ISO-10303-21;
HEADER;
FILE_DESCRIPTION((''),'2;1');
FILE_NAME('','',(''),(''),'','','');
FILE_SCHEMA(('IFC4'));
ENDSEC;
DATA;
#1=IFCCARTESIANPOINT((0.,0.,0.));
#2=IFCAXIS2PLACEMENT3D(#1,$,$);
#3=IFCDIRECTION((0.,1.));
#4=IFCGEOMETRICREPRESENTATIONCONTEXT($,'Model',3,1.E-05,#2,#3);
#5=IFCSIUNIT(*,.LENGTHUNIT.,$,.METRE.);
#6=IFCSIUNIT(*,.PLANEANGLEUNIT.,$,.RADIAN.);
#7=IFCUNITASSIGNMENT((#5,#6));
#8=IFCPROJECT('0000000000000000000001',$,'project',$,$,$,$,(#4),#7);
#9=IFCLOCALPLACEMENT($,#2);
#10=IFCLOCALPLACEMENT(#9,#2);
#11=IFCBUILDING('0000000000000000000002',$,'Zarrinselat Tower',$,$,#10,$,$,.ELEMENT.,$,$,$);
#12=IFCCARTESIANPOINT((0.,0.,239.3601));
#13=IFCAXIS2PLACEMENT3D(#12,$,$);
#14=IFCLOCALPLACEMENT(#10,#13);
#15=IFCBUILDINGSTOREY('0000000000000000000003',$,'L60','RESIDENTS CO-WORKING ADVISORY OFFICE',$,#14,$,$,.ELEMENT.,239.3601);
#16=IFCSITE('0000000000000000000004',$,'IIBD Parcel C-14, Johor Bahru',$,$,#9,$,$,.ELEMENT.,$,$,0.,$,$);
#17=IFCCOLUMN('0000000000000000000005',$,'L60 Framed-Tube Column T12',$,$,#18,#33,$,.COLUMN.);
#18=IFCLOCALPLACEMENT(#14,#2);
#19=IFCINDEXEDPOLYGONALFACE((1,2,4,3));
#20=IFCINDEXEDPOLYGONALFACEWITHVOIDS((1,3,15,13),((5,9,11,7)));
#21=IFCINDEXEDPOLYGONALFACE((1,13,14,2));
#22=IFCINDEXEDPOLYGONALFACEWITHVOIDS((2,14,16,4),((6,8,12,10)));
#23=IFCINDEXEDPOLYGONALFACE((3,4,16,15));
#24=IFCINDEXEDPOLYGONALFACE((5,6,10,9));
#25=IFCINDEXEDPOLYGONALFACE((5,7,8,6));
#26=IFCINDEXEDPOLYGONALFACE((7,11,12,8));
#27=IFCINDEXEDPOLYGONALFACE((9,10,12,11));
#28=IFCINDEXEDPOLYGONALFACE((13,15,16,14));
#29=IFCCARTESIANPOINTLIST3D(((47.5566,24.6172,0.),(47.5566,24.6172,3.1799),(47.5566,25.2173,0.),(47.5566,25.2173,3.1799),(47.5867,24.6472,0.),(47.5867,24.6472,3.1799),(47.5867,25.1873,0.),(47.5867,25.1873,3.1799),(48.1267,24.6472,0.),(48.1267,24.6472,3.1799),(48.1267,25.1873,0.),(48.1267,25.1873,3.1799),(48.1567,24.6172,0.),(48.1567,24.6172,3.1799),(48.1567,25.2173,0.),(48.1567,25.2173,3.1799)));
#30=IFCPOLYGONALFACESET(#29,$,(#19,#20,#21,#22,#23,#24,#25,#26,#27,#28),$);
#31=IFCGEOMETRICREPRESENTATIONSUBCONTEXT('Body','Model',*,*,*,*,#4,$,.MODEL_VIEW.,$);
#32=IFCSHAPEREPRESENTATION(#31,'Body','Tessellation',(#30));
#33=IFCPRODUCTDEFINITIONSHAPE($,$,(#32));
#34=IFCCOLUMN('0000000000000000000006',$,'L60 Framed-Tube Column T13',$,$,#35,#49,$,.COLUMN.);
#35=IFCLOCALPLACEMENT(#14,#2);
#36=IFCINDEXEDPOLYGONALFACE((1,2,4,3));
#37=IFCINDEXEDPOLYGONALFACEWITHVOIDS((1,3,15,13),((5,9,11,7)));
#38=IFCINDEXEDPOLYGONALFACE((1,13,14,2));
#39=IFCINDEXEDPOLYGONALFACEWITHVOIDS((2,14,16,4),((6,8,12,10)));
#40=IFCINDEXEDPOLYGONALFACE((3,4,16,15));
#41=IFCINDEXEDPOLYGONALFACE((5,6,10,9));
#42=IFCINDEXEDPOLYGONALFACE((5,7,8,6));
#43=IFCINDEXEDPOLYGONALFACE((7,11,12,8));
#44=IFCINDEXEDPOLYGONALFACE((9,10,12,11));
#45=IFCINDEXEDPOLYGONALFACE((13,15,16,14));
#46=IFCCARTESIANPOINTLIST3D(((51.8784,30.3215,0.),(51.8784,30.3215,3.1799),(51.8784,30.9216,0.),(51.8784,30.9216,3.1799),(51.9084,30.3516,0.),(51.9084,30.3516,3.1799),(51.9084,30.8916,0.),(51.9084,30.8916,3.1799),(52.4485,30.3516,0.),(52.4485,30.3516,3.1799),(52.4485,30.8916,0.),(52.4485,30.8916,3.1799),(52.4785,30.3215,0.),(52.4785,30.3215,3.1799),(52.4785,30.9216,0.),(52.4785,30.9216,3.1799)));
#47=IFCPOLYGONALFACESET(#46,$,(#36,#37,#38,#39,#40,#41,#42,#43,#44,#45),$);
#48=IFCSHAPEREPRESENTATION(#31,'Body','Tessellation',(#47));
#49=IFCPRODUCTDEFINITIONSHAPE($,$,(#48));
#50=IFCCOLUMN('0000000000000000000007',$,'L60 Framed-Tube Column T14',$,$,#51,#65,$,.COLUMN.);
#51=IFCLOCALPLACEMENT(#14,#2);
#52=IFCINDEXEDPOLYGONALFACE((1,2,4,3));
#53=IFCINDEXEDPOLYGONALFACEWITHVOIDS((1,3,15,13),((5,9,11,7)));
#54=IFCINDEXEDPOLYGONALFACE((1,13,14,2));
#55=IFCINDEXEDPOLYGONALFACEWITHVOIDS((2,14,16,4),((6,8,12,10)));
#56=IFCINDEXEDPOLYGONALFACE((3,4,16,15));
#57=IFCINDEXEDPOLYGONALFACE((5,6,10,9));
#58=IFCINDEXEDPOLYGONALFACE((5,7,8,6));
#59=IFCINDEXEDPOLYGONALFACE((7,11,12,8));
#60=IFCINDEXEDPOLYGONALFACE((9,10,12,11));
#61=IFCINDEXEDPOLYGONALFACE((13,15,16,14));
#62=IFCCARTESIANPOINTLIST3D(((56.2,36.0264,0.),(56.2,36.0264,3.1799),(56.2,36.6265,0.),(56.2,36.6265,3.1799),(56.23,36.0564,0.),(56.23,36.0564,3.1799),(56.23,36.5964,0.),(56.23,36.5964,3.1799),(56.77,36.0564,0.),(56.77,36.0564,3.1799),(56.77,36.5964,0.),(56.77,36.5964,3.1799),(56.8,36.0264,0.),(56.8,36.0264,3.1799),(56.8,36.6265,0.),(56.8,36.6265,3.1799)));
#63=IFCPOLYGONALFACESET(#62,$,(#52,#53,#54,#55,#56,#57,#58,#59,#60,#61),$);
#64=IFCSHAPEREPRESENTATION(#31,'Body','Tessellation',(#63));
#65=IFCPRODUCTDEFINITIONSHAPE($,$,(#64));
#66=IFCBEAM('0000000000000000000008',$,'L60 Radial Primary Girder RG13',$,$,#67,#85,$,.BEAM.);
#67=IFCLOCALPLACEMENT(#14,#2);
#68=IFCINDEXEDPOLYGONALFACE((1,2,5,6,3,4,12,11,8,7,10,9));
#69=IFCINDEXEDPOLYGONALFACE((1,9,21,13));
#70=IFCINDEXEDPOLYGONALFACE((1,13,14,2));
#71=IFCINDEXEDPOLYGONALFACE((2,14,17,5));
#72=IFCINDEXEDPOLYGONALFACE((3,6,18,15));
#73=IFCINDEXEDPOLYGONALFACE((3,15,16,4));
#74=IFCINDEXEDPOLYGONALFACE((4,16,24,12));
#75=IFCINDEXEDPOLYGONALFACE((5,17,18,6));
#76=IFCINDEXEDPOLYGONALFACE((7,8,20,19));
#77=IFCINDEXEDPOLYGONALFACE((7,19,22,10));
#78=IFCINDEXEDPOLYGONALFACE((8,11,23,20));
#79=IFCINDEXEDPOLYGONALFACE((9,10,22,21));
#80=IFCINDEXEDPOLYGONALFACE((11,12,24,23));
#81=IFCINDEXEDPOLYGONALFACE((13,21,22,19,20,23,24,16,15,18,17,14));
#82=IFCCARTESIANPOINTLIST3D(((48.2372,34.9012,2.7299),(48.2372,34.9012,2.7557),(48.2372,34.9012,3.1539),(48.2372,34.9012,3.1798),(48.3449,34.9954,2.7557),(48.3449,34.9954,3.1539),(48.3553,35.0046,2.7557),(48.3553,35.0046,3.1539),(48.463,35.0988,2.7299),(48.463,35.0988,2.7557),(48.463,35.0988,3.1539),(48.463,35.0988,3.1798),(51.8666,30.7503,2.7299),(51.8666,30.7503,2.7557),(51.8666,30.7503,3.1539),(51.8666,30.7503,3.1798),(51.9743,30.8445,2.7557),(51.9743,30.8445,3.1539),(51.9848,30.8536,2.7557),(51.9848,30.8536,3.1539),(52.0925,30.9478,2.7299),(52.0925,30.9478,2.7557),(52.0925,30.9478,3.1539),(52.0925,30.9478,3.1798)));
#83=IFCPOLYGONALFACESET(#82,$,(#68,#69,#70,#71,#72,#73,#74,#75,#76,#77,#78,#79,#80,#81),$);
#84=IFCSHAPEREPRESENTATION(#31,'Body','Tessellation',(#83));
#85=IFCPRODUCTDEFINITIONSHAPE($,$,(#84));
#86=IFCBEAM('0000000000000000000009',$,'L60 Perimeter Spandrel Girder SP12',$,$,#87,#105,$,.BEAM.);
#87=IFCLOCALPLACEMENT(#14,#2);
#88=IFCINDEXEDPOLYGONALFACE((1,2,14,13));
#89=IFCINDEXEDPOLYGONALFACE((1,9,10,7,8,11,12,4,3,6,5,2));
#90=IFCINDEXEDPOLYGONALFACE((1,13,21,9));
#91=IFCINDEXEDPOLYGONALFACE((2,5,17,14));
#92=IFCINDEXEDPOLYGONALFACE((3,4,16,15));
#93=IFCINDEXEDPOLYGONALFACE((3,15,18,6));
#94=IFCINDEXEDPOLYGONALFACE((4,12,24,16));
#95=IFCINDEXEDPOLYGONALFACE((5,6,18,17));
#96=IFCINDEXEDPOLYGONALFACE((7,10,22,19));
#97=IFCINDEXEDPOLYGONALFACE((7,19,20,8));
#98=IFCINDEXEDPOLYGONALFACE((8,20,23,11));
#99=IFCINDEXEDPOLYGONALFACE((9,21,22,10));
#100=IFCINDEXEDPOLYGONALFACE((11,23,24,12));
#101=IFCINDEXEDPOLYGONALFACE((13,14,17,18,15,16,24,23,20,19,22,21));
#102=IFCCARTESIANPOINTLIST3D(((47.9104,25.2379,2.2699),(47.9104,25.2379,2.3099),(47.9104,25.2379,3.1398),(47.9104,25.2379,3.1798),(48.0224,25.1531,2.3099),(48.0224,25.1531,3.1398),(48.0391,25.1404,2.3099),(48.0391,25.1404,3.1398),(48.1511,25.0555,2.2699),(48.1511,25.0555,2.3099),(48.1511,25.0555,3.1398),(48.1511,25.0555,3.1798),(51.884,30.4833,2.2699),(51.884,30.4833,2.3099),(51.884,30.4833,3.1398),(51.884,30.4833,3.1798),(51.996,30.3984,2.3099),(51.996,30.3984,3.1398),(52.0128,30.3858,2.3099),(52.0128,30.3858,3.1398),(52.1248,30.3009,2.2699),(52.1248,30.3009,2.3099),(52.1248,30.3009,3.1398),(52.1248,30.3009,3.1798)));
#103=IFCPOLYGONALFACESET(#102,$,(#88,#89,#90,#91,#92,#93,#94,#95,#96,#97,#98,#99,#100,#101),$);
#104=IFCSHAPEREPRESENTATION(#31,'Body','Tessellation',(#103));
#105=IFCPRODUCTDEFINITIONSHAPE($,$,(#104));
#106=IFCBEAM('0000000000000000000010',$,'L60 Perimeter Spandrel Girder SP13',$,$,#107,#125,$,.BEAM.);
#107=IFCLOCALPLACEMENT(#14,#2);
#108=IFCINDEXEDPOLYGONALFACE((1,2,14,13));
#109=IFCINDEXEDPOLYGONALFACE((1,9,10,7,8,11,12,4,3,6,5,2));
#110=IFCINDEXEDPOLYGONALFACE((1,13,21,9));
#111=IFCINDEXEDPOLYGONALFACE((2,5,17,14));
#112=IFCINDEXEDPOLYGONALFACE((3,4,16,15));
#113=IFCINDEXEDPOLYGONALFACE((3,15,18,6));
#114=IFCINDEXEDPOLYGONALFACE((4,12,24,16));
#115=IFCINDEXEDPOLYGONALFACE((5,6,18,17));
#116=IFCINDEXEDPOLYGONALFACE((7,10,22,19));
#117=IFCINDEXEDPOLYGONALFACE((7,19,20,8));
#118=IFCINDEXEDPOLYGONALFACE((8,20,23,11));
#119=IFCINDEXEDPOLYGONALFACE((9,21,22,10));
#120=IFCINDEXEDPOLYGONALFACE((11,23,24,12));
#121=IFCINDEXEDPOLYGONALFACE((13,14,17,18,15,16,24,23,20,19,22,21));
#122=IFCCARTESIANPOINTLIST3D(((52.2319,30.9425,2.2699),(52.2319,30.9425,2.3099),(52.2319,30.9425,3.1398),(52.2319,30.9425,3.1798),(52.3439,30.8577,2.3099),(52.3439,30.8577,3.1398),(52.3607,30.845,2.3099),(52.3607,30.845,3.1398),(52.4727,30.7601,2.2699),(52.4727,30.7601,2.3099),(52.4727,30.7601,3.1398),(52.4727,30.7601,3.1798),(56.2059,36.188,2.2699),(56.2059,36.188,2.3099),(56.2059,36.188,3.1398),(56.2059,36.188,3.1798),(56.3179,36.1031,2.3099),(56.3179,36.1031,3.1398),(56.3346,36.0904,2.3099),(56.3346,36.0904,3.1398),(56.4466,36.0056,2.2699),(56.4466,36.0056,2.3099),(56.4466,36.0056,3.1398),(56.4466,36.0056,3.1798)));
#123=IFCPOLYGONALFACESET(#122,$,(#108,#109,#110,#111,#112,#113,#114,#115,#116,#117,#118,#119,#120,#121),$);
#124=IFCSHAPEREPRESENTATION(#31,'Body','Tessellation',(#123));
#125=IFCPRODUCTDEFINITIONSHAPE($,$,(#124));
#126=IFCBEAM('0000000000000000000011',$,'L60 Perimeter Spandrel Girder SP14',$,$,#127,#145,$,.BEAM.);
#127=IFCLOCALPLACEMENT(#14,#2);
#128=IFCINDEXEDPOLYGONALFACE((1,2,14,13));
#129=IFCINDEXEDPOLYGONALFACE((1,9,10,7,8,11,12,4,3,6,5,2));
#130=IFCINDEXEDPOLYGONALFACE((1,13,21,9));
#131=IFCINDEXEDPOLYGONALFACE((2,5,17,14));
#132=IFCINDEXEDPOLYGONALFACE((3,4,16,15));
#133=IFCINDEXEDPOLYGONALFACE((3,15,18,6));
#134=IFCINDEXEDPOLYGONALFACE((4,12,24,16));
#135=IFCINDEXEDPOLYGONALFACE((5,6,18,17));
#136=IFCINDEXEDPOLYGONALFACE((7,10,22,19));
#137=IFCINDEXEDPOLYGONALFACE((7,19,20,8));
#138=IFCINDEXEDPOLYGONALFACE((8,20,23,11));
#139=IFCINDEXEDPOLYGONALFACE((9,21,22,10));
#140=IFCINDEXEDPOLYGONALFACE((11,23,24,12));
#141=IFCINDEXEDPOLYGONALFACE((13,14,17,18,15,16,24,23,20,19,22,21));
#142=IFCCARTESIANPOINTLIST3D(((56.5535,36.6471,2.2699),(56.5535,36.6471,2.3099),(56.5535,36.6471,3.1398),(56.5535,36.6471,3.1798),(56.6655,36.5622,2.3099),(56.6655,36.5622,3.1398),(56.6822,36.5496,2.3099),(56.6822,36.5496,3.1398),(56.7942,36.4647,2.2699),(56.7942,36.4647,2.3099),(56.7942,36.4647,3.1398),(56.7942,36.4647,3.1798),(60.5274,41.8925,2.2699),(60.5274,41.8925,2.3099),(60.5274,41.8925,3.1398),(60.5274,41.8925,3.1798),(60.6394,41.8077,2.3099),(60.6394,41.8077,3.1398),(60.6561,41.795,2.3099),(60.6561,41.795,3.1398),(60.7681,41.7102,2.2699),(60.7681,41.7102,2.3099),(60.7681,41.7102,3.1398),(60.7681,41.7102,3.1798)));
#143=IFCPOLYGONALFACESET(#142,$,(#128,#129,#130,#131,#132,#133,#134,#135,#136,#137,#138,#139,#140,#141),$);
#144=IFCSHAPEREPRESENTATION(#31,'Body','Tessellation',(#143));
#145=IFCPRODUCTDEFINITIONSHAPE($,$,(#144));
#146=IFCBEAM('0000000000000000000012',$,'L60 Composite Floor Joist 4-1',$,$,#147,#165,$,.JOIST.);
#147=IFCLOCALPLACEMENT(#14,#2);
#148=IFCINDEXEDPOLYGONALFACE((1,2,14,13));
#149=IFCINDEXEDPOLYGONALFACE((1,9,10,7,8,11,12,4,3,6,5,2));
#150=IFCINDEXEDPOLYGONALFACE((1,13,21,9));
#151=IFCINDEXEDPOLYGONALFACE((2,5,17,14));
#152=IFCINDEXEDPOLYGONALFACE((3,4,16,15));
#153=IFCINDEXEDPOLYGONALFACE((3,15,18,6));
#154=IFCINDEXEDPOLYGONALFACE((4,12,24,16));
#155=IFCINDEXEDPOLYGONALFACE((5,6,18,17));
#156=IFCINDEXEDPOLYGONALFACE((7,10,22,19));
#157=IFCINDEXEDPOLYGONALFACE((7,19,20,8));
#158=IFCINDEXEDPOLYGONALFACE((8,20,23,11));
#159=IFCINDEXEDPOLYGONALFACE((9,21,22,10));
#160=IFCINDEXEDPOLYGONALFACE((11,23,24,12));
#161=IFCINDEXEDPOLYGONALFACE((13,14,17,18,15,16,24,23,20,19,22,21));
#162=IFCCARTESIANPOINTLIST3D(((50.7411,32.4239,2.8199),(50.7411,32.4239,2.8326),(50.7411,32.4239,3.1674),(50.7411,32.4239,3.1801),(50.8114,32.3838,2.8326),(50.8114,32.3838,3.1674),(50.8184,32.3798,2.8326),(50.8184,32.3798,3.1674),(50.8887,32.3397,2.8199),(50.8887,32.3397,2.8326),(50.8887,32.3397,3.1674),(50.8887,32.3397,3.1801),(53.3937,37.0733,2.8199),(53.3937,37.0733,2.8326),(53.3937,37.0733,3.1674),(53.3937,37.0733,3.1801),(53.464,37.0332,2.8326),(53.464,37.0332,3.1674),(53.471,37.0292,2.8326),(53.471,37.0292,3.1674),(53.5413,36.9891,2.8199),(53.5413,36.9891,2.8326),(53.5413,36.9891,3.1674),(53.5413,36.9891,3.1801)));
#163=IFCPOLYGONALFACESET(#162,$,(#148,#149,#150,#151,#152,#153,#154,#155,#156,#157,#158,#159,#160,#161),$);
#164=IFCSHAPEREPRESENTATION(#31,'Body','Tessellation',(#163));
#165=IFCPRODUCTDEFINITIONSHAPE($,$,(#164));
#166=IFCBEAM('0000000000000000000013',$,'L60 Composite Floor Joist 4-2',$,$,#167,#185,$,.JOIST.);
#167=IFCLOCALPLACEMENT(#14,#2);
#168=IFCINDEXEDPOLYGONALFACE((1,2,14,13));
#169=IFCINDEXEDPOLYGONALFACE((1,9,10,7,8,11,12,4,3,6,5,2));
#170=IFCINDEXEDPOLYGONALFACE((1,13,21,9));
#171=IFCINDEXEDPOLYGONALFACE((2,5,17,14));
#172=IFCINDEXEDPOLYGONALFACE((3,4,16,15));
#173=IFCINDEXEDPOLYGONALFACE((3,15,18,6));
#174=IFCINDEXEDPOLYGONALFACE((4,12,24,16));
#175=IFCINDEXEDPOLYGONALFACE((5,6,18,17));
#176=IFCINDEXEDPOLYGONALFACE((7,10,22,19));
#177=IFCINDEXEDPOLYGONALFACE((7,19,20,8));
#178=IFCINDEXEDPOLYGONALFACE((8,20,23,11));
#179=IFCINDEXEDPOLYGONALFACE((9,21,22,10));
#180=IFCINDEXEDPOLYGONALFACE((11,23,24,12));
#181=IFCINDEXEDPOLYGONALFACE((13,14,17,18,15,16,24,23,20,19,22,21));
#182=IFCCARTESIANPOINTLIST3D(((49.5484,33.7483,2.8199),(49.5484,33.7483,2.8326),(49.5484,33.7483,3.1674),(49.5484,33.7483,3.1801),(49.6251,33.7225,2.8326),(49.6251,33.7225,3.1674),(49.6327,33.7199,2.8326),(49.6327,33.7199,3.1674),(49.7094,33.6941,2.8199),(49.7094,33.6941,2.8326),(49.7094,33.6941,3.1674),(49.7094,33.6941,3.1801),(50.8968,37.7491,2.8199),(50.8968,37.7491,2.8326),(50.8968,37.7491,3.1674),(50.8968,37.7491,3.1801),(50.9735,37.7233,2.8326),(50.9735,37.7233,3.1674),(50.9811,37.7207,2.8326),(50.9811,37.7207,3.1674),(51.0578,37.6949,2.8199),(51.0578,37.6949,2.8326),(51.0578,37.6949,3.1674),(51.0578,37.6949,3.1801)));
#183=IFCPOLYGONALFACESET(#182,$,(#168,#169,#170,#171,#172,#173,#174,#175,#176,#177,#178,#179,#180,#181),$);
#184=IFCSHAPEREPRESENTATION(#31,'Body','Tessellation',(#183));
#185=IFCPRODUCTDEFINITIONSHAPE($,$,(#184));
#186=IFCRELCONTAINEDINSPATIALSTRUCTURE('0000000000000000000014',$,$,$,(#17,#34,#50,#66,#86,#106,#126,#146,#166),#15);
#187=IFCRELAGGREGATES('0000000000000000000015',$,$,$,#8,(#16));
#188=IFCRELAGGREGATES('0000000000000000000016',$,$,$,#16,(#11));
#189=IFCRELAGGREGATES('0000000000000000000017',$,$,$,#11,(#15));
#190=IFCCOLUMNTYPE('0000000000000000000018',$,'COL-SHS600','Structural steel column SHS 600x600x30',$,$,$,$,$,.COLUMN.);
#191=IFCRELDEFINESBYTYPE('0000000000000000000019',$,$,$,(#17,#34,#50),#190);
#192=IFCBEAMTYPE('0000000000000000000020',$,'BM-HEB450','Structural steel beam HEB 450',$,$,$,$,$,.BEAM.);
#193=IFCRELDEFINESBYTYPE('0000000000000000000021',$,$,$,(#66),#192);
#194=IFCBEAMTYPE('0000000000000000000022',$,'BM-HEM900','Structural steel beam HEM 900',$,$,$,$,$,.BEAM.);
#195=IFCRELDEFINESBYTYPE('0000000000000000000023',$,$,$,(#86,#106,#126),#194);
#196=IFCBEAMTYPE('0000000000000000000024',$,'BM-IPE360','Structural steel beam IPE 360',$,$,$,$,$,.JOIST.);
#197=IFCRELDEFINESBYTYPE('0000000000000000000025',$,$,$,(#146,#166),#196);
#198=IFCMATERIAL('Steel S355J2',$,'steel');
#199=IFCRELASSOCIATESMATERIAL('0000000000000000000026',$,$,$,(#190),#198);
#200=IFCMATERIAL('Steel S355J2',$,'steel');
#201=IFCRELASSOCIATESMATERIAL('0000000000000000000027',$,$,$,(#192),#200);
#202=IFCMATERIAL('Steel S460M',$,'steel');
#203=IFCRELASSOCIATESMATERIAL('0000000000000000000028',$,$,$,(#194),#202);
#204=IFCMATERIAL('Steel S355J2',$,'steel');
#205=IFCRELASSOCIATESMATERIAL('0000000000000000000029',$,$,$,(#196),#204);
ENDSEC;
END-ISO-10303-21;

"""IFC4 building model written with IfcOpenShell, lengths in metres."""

from ifc_helpers import new_model, si_unit, direction, frame, origin, origin_2d, place, context, subcontext, project, spatial, hollow_rectangle, i_section, extrude, material, material_profile, profile_set, type_object, element, save


model = new_model("IFC4")

# Units and contexts
model_context = context("Model", 3, precision=1e-05, world=origin(), true_north=direction((0.0, 1.0)))
body_context = subcontext(model_context, "Body", "Model", "MODEL_VIEW")
ifc_project = project(units=[si_unit("LENGTHUNIT", "METRE"), si_unit("PLANEANGLEUNIT", "RADIAN")], contexts=[model_context])

# Site, building, storey
site_placement = place(None, origin())
site = spatial("IfcSite", under=ifc_project, at=site_placement, Name="IIBD Parcel C-14, Johor Bahru", CompositionType="ELEMENT", RefElevation=0.0)
building_placement = place(site_placement, origin())
building = spatial("IfcBuilding", under=site, at=building_placement, Name="Zarrinselat Tower", CompositionType="ELEMENT")
storey_placement = place(building_placement, frame((0.0, 0.0, 239.3601)))
storey = spatial("IfcBuildingStorey", under=building, at=storey_placement, Name="L60", Description="RESIDENTS CO-WORKING ADVISORY OFFICE", CompositionType="ELEMENT", Elevation=239.3601)

# Columns
ifc_material_1 = material(Name="Steel S355J2", Category="steel")
ifc_material_profile_1 = material_profile(ifc_material_1, hollow_rectangle(XDim=0.6001, YDim=0.6001, WallThickness=0.03, at=origin_2d()), Name="SHS 600x600x30")
ifc_profile_set_1 = profile_set([ifc_material_profile_1], Name="Steel S355J2")
column_type = type_object("IfcColumnType", Name="COL-SHS600", Description="Structural steel column SHS 600x600x30", PredefinedType="COLUMN", material=ifc_profile_set_1)
for number, where, z_axis, x_axis, name in (
    (1, (47.8567, 24.9172, 0.0), (0.0, 0.0, 1.0), (1.0, 0.0, 0.0), "L60 Framed-Tube Column T12"),
    (2, (52.1785, 30.6216, 0.0), (0.0, 0.0, 1.0), (1.0, 0.0, 0.0), "L60 Framed-Tube Column T13"),
    (3, (56.5, 36.3264, 0.0), (0.0, 0.0, 1.0), (1.0, 0.0, 0.0), "L60 Framed-Tube Column T14"),
):
    element("IfcColumn", number, at=place(storey_placement, frame(where, z_axis=z_axis, x_axis=x_axis)), inside=storey, type_object=column_type, Name=name, PredefinedType="COLUMN", context=body_context, shape_type="SweptSolid", body=[
        extrude(hollow_rectangle(XDim=0.6001, YDim=0.6001, WallThickness=0.03, at=origin_2d()), origin(), (0.0, 0.0, 1.0), 3.1799),
    ])

# Beams
ifc_material_2 = material(Name="Steel S355J2", Category="steel")
ifc_material_profile_2 = material_profile(ifc_material_2, i_section(OverallWidth=0.3, OverallDepth=0.45, WebThickness=0.0139, FlangeThickness=0.0259, at=origin_2d()), Name="HEB 450")
ifc_profile_set_2 = profile_set([ifc_material_profile_2], Name="Steel S355J2")
beam_type_1 = type_object("IfcBeamType", Name="BM-HEB450", Description="Structural steel beam HEB 450", PredefinedType="BEAM", material=ifc_profile_set_2)
beam_1_placement = place(storey_placement, frame((48.3501, 35.0, 2.9548), z_axis=(0.658235, -0.752813, 0.0), x_axis=(0.752813, 0.658235, 0.0)))
element("IfcBeam", 4, at=beam_1_placement, inside=storey, type_object=beam_type_1, Name="L60 Radial Primary Girder RG13", PredefinedType="BEAM", context=body_context, shape_type="SweptSolid", body=[
    extrude(i_section(OverallWidth=0.3, OverallDepth=0.45, WebThickness=0.0139, FlangeThickness=0.0259, at=origin_2d()), origin(), (0.0, 0.0, 1.0), 5.5139),
])
ifc_material_3 = material(Name="Steel S460M", Category="steel")
ifc_material_profile_3 = material_profile(ifc_material_3, i_section(OverallWidth=0.302, OverallDepth=0.9099, WebThickness=0.021, FlangeThickness=0.04, at=origin_2d()), Name="HEM 900")
ifc_profile_set_3 = profile_set([ifc_material_profile_3], Name="Steel S460M")
beam_type_2 = type_object("IfcBeamType", Name="BM-HEM900", Description="Structural steel beam HEM 900", PredefinedType="BEAM", material=ifc_profile_set_3)
beam_2_placement = place(storey_placement, frame((48.0308, 25.1467, 2.7249), z_axis=(0.603846, 0.797101, 0.0), x_axis=(-0.797101, 0.603846, 0.0)))
element("IfcBeam", 5, at=beam_2_placement, inside=storey, type_object=beam_type_2, Name="L60 Perimeter Spandrel Girder SP12", PredefinedType="BEAM", context=body_context, shape_type="SweptSolid", body=[
    extrude(i_section(OverallWidth=0.302, OverallDepth=0.9099, WebThickness=0.021, FlangeThickness=0.04, at=origin_2d()), origin(), (0.0, 0.0, 1.0), 6.5806),
])
for number, where, z_axis, x_axis, name in (
    (6, (52.3523, 30.8513, 2.7249), (0.603869, 0.797083, 0.0), (-0.797083, 0.603869, 0.0), "L60 Perimeter Spandrel Girder SP13"),
    (7, (56.6738, 36.5559, 2.7249), (0.603869, 0.797083, 0.0), (-0.797083, 0.603869, 0.0), "L60 Perimeter Spandrel Girder SP14"),
):
    element("IfcBeam", number, at=place(storey_placement, frame(where, z_axis=z_axis, x_axis=x_axis)), inside=storey, type_object=beam_type_2, Name=name, PredefinedType="BEAM", context=body_context, shape_type="SweptSolid", body=[
        extrude(i_section(OverallWidth=0.302, OverallDepth=0.9099, WebThickness=0.021, FlangeThickness=0.04, at=origin_2d()), origin(), (0.0, 0.0, 1.0), 6.5808),
    ])
ifc_material_4 = material(Name="Steel S355J2", Category="steel")
ifc_material_profile_4 = material_profile(ifc_material_4, i_section(OverallWidth=0.1699, OverallDepth=0.3601, WebThickness=0.0081, FlangeThickness=0.0127, at=origin_2d()), Name="IPE 360")
ifc_profile_set_4 = profile_set([ifc_material_profile_4], Name="Steel S355J2")
beam_type_3 = type_object("IfcBeamType", Name="BM-IPE360", Description="Structural steel beam IPE 360", PredefinedType="JOIST", material=ifc_profile_set_4)
beam_3_placement = place(storey_placement, frame((50.8149, 32.3818, 3.0), z_axis=(0.495544, 0.868583, 0.0), x_axis=(-0.868583, 0.495544, 0.0)))
element("IfcBeam", 8, at=beam_3_placement, inside=storey, type_object=beam_type_3, Name="L60 Composite Floor Joist 4-1", PredefinedType="JOIST", context=body_context, shape_type="SweptSolid", body=[
    extrude(i_section(OverallWidth=0.1699, OverallDepth=0.3601, WebThickness=0.0081, FlangeThickness=0.0127, at=origin_2d()), origin(), (0.0, 0.0, 1.0), 5.3528),
])
beam_4_placement = place(storey_placement, frame((49.6289, 33.7212, 3.0), z_axis=(0.319383, 0.947626, 0.0), x_axis=(-0.947626, 0.319383, 0.0)))
element("IfcBeam", 9, at=beam_4_placement, inside=storey, type_object=beam_type_3, Name="L60 Composite Floor Joist 4-2", PredefinedType="JOIST", context=body_context, shape_type="SweptSolid", body=[
    extrude(i_section(OverallWidth=0.1699, OverallDepth=0.3601, WebThickness=0.0081, FlangeThickness=0.0127, at=origin_2d()), origin(), (0.0, 0.0, 1.0), 4.2219),
])

save(model, "model.ifc")
